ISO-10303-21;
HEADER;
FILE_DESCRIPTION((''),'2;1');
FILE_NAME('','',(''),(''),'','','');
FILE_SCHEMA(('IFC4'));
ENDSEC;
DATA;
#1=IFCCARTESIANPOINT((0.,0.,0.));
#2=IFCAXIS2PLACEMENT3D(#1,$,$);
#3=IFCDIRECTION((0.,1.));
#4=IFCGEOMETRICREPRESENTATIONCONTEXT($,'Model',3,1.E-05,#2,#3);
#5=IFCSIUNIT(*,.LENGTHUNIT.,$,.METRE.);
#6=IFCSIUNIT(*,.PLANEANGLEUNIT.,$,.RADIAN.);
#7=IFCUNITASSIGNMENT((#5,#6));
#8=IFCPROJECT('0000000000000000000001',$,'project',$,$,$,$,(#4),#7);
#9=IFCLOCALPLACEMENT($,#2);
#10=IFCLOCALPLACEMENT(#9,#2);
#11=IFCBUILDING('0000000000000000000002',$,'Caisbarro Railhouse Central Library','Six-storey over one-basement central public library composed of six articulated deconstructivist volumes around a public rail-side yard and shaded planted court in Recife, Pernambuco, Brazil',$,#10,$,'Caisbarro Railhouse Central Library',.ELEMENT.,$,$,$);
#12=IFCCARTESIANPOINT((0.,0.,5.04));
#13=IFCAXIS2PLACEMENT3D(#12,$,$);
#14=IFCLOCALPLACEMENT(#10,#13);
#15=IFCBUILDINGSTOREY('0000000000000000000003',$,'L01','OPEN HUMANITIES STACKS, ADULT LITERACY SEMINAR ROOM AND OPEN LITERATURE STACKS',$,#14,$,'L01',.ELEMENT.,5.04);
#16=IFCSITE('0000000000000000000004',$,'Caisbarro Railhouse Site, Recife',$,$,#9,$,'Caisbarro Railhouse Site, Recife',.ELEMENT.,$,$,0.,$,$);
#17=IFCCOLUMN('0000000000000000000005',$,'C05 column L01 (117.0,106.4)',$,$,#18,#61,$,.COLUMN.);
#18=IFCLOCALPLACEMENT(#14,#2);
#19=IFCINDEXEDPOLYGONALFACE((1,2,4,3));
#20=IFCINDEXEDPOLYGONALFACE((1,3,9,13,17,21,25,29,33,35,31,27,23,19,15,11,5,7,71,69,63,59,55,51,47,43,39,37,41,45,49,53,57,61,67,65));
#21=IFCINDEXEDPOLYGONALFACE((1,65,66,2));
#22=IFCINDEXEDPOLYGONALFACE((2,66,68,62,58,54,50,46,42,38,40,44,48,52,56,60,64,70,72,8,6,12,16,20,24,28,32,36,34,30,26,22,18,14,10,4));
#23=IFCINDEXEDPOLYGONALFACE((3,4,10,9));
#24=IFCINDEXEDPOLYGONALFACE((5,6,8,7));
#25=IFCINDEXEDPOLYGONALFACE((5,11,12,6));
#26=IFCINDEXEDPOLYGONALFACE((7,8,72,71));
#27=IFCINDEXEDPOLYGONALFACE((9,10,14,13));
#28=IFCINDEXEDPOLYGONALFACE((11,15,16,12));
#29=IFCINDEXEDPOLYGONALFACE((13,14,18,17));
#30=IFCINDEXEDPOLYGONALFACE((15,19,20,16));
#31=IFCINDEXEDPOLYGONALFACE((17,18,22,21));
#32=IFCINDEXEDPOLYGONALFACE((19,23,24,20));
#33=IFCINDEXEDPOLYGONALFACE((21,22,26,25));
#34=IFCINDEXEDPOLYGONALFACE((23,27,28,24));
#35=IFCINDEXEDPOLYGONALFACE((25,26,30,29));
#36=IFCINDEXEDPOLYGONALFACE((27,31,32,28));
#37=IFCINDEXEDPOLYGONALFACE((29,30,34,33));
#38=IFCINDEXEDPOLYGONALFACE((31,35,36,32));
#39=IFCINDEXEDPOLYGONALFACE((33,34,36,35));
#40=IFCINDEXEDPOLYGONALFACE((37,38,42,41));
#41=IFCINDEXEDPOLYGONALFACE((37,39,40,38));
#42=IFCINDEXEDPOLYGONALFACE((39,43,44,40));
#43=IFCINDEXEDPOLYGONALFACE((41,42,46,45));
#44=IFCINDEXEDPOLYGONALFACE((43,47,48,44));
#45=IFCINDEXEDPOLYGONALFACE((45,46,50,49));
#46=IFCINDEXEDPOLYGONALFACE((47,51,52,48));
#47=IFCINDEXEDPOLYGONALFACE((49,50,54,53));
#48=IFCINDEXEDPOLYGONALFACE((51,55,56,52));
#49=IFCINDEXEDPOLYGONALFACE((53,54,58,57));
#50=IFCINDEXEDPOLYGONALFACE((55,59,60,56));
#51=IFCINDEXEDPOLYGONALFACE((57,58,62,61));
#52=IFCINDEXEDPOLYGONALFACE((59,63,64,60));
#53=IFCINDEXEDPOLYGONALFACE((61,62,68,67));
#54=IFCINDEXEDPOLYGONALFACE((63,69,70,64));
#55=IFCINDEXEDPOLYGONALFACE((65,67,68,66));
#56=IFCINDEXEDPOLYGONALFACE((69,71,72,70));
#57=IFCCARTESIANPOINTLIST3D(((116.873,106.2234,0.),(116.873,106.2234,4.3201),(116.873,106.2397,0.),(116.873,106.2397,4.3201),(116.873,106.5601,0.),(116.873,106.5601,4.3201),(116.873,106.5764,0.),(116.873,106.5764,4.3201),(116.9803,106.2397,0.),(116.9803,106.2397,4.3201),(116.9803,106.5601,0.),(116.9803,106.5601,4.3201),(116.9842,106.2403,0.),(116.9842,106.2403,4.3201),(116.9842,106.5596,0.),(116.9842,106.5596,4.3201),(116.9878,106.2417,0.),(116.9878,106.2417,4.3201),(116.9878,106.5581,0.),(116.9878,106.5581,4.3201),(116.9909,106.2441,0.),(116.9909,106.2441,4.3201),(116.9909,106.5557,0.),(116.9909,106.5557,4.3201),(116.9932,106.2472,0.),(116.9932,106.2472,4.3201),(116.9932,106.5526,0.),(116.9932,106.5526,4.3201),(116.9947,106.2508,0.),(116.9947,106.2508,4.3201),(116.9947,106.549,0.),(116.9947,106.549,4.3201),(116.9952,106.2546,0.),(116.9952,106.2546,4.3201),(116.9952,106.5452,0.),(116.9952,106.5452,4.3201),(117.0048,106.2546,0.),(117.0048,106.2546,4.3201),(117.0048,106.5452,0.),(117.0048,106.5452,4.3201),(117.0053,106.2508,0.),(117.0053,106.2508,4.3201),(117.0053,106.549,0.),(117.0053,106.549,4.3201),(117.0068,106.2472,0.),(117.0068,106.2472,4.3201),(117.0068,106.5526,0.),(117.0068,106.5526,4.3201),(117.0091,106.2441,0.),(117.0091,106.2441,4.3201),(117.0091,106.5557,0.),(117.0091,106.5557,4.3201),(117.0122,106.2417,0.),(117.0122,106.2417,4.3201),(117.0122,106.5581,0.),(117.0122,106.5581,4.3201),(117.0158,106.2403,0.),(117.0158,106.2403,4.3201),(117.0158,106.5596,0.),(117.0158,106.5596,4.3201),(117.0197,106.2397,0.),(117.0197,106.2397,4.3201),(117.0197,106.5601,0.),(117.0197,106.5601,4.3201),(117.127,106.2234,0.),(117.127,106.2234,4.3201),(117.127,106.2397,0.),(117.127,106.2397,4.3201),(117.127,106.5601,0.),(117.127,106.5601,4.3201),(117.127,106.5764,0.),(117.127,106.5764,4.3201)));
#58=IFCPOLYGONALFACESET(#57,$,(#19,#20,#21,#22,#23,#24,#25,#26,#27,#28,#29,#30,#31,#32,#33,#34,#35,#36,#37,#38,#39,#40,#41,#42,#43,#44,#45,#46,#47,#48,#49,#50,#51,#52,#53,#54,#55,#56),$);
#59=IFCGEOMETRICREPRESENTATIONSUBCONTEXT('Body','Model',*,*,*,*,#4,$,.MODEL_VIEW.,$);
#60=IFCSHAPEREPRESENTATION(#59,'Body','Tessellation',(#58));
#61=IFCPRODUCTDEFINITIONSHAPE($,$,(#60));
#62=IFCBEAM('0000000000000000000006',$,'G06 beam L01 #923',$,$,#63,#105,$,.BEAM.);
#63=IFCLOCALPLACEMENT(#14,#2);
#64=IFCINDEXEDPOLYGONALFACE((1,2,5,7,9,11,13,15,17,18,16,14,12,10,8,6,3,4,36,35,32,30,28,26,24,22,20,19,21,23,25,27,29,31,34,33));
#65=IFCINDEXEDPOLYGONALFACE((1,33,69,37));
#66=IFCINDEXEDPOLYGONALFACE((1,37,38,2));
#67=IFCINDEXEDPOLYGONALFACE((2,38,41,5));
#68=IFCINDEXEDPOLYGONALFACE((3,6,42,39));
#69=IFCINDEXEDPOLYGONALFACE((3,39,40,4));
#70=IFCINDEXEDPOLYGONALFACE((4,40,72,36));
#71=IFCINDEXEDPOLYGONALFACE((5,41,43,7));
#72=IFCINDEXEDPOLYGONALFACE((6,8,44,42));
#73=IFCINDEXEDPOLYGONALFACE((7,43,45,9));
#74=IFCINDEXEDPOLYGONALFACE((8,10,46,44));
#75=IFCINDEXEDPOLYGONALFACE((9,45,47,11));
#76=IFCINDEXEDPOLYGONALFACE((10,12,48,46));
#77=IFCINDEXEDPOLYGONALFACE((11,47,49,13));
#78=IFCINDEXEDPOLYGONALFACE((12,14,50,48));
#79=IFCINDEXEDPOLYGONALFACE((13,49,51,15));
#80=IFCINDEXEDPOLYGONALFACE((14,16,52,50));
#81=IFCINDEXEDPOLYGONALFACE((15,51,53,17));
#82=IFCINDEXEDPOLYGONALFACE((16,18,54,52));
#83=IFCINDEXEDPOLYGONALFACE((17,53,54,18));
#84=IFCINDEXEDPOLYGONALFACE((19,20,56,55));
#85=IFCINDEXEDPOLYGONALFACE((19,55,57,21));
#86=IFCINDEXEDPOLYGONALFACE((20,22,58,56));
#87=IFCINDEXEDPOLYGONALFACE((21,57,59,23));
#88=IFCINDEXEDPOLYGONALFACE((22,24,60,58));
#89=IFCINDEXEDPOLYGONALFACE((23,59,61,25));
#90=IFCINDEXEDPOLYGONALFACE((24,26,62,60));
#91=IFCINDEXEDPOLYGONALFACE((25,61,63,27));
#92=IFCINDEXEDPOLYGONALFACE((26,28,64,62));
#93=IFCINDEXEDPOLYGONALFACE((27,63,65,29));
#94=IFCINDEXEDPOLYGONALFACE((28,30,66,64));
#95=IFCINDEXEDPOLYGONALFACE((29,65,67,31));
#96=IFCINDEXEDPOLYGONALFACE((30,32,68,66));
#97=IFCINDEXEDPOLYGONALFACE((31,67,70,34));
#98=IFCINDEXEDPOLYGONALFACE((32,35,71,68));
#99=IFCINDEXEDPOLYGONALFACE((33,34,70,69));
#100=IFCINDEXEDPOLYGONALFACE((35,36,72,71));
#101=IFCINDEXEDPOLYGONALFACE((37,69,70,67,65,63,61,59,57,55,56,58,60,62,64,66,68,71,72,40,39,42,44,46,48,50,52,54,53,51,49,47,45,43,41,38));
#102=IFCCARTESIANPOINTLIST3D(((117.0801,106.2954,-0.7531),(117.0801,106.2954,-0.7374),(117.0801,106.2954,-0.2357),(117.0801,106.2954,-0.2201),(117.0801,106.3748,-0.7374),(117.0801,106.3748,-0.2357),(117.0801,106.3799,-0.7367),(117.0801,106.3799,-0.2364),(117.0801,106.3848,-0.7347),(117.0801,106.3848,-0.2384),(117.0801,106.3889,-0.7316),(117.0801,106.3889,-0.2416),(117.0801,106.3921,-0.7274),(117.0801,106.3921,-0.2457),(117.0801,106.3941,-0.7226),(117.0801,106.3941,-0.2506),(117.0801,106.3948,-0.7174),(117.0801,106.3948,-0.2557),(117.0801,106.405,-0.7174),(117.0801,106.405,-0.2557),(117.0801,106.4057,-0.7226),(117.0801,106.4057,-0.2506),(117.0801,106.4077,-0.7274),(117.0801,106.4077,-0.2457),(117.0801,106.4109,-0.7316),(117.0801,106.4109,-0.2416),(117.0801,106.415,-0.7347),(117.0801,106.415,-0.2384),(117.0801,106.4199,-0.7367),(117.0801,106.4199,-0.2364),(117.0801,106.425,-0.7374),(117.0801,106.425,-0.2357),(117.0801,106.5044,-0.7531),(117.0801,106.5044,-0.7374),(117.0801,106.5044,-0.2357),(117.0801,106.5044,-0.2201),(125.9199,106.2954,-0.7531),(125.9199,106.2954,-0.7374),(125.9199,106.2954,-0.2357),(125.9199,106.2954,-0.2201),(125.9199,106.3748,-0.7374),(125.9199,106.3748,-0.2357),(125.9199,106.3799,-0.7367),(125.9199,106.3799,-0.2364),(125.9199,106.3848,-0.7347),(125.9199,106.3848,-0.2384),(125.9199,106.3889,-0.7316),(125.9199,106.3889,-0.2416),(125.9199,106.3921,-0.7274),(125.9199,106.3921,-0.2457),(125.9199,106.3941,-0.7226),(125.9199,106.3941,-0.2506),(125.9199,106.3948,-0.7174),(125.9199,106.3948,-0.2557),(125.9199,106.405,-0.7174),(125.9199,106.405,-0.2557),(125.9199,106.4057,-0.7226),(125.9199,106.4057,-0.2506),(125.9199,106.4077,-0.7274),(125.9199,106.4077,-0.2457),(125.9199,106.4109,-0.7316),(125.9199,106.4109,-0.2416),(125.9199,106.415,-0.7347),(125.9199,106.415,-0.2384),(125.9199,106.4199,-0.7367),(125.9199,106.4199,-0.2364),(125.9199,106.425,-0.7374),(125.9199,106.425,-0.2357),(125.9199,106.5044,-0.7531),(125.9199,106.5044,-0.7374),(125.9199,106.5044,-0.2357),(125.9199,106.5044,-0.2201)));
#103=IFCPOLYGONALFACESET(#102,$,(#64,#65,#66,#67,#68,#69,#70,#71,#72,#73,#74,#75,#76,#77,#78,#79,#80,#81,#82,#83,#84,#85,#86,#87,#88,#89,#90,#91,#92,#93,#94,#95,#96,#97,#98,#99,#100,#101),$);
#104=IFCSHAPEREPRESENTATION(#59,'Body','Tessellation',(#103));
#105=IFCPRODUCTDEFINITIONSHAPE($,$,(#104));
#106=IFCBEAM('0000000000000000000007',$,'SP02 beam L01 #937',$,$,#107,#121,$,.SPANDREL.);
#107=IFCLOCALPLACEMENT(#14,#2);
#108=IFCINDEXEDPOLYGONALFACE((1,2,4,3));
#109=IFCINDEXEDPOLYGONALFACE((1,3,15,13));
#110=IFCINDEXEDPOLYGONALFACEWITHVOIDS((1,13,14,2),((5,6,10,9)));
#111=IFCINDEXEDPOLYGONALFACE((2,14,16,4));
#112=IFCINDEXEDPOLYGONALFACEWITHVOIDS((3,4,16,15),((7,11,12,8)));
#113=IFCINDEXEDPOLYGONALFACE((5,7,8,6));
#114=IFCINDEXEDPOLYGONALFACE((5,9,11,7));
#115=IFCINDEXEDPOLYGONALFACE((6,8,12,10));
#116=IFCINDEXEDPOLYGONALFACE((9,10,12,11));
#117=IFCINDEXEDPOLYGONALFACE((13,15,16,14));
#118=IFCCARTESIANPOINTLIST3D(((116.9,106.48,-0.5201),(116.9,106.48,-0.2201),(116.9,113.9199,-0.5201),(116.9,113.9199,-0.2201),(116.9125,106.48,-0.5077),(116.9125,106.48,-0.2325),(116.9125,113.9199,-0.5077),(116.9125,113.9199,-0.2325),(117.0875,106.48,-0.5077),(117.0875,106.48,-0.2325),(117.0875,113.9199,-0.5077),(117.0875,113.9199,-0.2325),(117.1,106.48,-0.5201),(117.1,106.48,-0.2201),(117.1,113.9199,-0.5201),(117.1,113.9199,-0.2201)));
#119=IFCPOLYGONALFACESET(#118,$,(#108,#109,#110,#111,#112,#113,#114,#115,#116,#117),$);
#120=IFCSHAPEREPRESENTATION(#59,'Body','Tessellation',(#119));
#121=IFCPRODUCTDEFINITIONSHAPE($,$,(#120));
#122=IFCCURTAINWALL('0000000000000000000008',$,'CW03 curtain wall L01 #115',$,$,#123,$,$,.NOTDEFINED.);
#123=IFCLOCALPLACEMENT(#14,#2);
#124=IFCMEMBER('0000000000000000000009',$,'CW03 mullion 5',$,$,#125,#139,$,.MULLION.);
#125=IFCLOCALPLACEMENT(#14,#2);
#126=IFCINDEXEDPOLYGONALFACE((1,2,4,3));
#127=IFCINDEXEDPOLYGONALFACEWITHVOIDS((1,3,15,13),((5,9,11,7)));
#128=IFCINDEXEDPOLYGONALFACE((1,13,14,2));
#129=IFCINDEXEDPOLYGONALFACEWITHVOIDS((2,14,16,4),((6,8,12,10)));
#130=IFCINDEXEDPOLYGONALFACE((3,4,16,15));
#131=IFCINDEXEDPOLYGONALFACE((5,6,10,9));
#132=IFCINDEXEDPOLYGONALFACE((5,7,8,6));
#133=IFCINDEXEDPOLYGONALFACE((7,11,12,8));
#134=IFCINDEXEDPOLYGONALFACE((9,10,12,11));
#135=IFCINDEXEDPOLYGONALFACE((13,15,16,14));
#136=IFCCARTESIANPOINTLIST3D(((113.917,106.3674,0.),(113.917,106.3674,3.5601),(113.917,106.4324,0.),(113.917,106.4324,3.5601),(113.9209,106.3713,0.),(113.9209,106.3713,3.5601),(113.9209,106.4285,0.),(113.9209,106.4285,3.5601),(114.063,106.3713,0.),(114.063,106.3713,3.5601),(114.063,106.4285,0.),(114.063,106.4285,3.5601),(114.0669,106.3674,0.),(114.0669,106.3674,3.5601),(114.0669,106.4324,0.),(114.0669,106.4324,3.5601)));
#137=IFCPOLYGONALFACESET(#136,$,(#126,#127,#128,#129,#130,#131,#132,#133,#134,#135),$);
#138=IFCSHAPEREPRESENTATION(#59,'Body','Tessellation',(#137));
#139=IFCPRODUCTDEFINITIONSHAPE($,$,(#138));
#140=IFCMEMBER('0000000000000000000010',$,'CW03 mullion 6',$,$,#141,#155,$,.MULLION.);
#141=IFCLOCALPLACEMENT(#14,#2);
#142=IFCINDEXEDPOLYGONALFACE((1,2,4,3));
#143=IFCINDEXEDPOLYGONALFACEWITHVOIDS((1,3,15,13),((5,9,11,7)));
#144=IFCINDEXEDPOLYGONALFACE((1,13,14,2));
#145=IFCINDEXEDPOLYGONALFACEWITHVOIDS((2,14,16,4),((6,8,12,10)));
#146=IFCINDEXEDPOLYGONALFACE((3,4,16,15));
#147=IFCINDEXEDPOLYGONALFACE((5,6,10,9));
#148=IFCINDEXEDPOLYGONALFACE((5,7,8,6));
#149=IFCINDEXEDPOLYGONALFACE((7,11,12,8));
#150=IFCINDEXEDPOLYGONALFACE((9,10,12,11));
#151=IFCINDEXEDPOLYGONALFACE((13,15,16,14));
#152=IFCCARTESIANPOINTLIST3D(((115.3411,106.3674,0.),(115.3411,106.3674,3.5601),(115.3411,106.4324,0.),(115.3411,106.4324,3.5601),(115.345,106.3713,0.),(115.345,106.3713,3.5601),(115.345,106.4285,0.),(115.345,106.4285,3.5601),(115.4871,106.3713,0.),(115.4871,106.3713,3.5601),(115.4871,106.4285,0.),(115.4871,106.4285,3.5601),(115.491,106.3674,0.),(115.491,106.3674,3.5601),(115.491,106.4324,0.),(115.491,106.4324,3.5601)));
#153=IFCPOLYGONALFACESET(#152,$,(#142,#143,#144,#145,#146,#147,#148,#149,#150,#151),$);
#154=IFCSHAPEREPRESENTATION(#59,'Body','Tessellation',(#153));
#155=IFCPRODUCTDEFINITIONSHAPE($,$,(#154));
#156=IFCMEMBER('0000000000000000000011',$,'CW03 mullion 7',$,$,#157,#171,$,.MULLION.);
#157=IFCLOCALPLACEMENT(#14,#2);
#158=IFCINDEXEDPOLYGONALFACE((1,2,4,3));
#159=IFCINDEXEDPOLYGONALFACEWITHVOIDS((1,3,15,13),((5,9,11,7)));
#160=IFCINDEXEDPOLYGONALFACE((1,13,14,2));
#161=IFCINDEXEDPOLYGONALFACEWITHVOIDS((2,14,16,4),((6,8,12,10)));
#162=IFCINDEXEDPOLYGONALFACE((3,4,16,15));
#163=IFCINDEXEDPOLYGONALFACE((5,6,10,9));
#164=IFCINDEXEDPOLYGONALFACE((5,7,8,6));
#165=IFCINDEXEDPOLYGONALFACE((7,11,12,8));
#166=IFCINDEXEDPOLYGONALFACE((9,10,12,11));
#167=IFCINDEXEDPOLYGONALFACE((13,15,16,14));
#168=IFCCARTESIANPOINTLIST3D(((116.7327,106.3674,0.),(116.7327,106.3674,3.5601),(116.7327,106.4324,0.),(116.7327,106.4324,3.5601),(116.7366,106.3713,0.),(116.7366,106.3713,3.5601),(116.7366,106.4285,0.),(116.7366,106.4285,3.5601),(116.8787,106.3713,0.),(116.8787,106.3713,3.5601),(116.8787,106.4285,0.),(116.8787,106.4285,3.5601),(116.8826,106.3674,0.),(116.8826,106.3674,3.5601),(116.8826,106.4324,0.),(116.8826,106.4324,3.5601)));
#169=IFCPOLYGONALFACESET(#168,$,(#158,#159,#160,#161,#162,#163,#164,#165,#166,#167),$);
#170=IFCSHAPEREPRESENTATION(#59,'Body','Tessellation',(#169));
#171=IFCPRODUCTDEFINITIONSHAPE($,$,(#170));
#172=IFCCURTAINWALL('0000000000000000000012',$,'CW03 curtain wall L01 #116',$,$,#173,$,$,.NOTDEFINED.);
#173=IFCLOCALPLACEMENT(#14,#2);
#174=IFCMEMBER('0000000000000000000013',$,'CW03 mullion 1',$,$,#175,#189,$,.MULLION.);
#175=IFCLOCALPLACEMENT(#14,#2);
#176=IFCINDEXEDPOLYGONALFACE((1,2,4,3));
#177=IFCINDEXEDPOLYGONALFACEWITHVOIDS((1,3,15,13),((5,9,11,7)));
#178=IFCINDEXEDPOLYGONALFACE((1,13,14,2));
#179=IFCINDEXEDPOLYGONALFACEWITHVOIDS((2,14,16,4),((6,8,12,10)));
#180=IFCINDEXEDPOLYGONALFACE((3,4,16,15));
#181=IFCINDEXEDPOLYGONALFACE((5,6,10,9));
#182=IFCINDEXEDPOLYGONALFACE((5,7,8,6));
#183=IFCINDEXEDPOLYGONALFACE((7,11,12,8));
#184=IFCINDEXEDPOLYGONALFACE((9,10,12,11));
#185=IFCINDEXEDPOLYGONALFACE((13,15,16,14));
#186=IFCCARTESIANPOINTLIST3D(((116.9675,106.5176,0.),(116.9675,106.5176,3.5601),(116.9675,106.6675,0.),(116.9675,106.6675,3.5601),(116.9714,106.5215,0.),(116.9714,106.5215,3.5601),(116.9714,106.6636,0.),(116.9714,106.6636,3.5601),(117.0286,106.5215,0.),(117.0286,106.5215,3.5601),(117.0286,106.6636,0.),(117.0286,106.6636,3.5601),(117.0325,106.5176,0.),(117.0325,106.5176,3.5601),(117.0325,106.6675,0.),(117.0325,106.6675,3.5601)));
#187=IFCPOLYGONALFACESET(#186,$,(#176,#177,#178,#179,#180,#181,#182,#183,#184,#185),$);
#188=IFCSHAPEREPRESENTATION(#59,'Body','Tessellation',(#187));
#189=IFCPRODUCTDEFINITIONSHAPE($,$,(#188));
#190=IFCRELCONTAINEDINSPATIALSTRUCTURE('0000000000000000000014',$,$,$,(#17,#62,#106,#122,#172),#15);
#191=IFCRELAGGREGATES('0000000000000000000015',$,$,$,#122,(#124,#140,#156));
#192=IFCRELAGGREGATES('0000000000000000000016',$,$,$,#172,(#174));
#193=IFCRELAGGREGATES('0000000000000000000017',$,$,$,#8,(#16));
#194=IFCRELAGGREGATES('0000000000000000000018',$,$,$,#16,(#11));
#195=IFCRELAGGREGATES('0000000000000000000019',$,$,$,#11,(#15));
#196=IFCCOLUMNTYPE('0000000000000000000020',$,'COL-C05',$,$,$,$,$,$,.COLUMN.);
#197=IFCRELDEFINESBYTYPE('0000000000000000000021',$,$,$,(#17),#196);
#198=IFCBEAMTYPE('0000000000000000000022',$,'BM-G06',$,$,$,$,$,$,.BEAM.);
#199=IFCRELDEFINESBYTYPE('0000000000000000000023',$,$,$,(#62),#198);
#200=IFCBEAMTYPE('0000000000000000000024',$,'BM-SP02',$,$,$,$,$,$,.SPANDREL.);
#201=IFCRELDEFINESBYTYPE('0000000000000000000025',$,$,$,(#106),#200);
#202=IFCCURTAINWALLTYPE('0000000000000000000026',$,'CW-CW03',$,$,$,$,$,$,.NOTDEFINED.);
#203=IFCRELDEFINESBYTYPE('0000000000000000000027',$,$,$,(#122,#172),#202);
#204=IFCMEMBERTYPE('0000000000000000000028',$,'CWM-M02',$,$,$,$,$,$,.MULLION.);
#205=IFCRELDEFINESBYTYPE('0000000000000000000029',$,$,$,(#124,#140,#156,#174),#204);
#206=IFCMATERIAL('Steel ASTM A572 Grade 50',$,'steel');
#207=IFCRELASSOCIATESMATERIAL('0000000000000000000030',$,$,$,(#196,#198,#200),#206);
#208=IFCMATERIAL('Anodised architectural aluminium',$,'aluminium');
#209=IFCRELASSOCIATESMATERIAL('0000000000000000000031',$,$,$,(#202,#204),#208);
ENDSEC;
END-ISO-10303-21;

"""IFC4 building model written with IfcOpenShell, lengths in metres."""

from ifc_helpers import new_model, si_unit, direction, frame, origin, origin_2d, place, context, subcontext, project, spatial, hollow_rectangle, i_section, extrude, material, material_profile, profile_set, type_object, element, aggregate, save


model = new_model("IFC4")

# Units and contexts
model_context = context("Model", 3, precision=1e-05, world=origin(), true_north=direction((0.0, 1.0)))
body_context = subcontext(model_context, "Body", "Model", "MODEL_VIEW")
ifc_project = project(units=[si_unit("LENGTHUNIT", "METRE"), si_unit("PLANEANGLEUNIT", "RADIAN")], contexts=[model_context])

# Site, building, storey
site_placement = place(None, origin())
site = spatial("IfcSite", under=ifc_project, at=site_placement, Name="Caisbarro Railhouse Site, Recife", LongName="Caisbarro Railhouse Site, Recife", CompositionType="ELEMENT", RefElevation=0.0)
building_placement = place(site_placement, origin())
building = spatial("IfcBuilding", under=site, at=building_placement, Name="Caisbarro Railhouse Central Library", Description="Six-storey over one-basement central public library composed of six articulated deconstructivist volumes around a public rail-side yard and shaded planted court in Recife, Pernambuco, Brazil", LongName="Caisbarro Railhouse Central Library", CompositionType="ELEMENT")
storey_placement = place(building_placement, frame((0.0, 0.0, 5.04)))
storey = spatial("IfcBuildingStorey", under=building, at=storey_placement, Name="L01", Description="OPEN HUMANITIES STACKS, ADULT LITERACY SEMINAR ROOM AND OPEN LITERATURE STACKS", LongName="L01", CompositionType="ELEMENT", Elevation=5.04)

# Column
ifc_material_1 = material(Name="Steel ASTM A572 Grade 50", Category="steel")
ifc_material_profile_1 = material_profile(ifc_material_1, i_section(OverallWidth=0.2539, OverallDepth=0.353, WebThickness=0.0095, FlangeThickness=0.0164, FilletRadius=0.0149, at=origin_2d()), Name="W360X91.0")
ifc_profile_set_1 = profile_set([ifc_material_profile_1], Name="Steel ASTM A572 Grade 50")
column_type = type_object("IfcColumnType", Name="COL-C05", PredefinedType="COLUMN", material=ifc_profile_set_1)
column_placement = place(storey_placement, frame((117.0, 106.3999, 0.0), z_axis=(0.0, 0.0, 1.0), x_axis=(1.0, 0.0, 0.0)))
element("IfcColumn", 1, at=column_placement, inside=storey, type_object=column_type, Name="C05 column L01 (117.0,106.4)", PredefinedType="COLUMN", context=body_context, shape_type="SweptSolid", body=[
    extrude(i_section(OverallWidth=0.2539, OverallDepth=0.353, WebThickness=0.0095, FlangeThickness=0.0164, FilletRadius=0.0149, at=origin_2d()), origin(), (0.0, 0.0, 1.0), 4.3201),
])

# Beams
ifc_material_profile_2 = material_profile(ifc_material_1, i_section(OverallWidth=0.209, OverallDepth=0.533, WebThickness=0.0103, FlangeThickness=0.0156, FilletRadius=0.02, at=origin_2d()), Name="W530X92.0")
ifc_profile_set_2 = profile_set([ifc_material_profile_2], Name="Steel ASTM A572 Grade 50")
beam_type_1 = type_object("IfcBeamType", Name="BM-G06", PredefinedType="BEAM", material=ifc_profile_set_2)
beam_1_placement = place(storey_placement, frame((117.0801, 106.3999, -0.4866), z_axis=(1.0, 0.0, 0.0), x_axis=(0.0, 1.0, 0.0)))
element("IfcBeam", 2, at=beam_1_placement, inside=storey, type_object=beam_type_1, Name="G06 beam L01 #923", PredefinedType="BEAM", context=body_context, shape_type="SweptSolid", body=[
    extrude(i_section(OverallWidth=0.209, OverallDepth=0.533, WebThickness=0.0103, FlangeThickness=0.0156, FilletRadius=0.02, at=origin_2d()), origin(), (0.0, 0.0, 1.0), 8.8398),
])
ifc_material_profile_3 = material_profile(ifc_material_1, hollow_rectangle(XDim=0.2, YDim=0.3, WallThickness=0.0125, at=origin_2d()), Name="HSS300X200X12.5")
ifc_profile_set_3 = profile_set([ifc_material_profile_3], Name="Steel ASTM A572 Grade 50")
beam_type_2 = type_object("IfcBeamType", Name="BM-SP02", PredefinedType="SPANDREL", material=ifc_profile_set_3)
beam_2_placement = place(storey_placement, frame((117.0, 106.48, -0.3701), z_axis=(0.0, 1.0, 0.0), x_axis=(-1.0, 0.0, 0.0)))
element("IfcBeam", 3, at=beam_2_placement, inside=storey, type_object=beam_type_2, Name="SP02 beam L01 #937", PredefinedType="SPANDREL", context=body_context, shape_type="SweptSolid", body=[
    extrude(hollow_rectangle(XDim=0.2, YDim=0.3, WallThickness=0.0125, at=origin_2d()), origin(), (0.0, 0.0, 1.0), 7.4399),
])

# Curtain walls, members
ifc_material_2 = material(Name="Anodised architectural aluminium", Category="aluminium")
curtain_wall_type = type_object("IfcCurtainWallType", Name="CW-CW03", PredefinedType="NOTDEFINED", material=ifc_material_2)
curtain_wall_1_placement = place(storey_placement, origin())
curtain_wall_1 = element("IfcCurtainWall", 4, at=curtain_wall_1_placement, inside=storey, type_object=curtain_wall_type, Name="CW03 curtain wall L01 #115", PredefinedType="NOTDEFINED")
ifc_material_profile_4 = material_profile(ifc_material_2, hollow_rectangle(XDim=0.0649, YDim=0.1499, WallThickness=0.0039, at=origin_2d()), Name="ALU-MUL-65X150")
ifc_profile_set_4 = profile_set([ifc_material_profile_4], Name="Anodised architectural aluminium")
member_type_1 = type_object("IfcMemberType", Name="CWM-M02", PredefinedType="MULLION", material=ifc_profile_set_4)
member_1_placement = place(storey_placement, frame((113.9919, 106.3999, 0.0), z_axis=(0.0, 0.0, 1.0), x_axis=(0.0, 1.0, 0.0)))
member_1 = element("IfcMember", 5, at=member_1_placement, type_object=member_type_1, Name="CW03 mullion 5", PredefinedType="MULLION", context=body_context, shape_type="SweptSolid", body=[
    extrude(hollow_rectangle(XDim=0.0649, YDim=0.1499, WallThickness=0.0039, at=origin_2d()), origin(), (0.0, 0.0, 1.0), 3.5601),
])
member_2_placement = place(storey_placement, frame((115.416, 106.3999, 0.0), z_axis=(0.0, 0.0, 1.0), x_axis=(0.0, 1.0, 0.0)))
member_2 = element("IfcMember", 6, at=member_2_placement, type_object=member_type_1, Name="CW03 mullion 6", PredefinedType="MULLION", context=body_context, shape_type="SweptSolid", body=[
    extrude(hollow_rectangle(XDim=0.0649, YDim=0.1499, WallThickness=0.0039, at=origin_2d()), origin(), (0.0, 0.0, 1.0), 3.5601),
])
member_3_placement = place(storey_placement, frame((116.8076, 106.3999, 0.0), z_axis=(0.0, 0.0, 1.0), x_axis=(0.0, 1.0, 0.0)))
member_3 = element("IfcMember", 7, at=member_3_placement, type_object=member_type_1, Name="CW03 mullion 7", PredefinedType="MULLION", context=body_context, shape_type="SweptSolid", body=[
    extrude(hollow_rectangle(XDim=0.0649, YDim=0.1499, WallThickness=0.0039, at=origin_2d()), origin(), (0.0, 0.0, 1.0), 3.5601),
])
curtain_wall_2_placement = place(storey_placement, origin())
curtain_wall_2 = element("IfcCurtainWall", 8, at=curtain_wall_2_placement, inside=storey, type_object=curtain_wall_type, Name="CW03 curtain wall L01 #116", PredefinedType="NOTDEFINED")
member_4_placement = place(storey_placement, frame((117.0, 106.5925, 0.0), z_axis=(0.0, 0.0, 1.0), x_axis=(-1.0, 0.0, 0.0)))
member_4 = element("IfcMember", 9, at=member_4_placement, type_object=member_type_1, Name="CW03 mullion 1", PredefinedType="MULLION", context=body_context, shape_type="SweptSolid", body=[
    extrude(hollow_rectangle(XDim=0.0649, YDim=0.1499, WallThickness=0.0039, at=origin_2d()), origin(), (0.0, 0.0, 1.0), 3.5601),
])

aggregate(curtain_wall_1, [member_1, member_2, member_3])
aggregate(curtain_wall_2, [member_4])

save(model, "model.ifc")
